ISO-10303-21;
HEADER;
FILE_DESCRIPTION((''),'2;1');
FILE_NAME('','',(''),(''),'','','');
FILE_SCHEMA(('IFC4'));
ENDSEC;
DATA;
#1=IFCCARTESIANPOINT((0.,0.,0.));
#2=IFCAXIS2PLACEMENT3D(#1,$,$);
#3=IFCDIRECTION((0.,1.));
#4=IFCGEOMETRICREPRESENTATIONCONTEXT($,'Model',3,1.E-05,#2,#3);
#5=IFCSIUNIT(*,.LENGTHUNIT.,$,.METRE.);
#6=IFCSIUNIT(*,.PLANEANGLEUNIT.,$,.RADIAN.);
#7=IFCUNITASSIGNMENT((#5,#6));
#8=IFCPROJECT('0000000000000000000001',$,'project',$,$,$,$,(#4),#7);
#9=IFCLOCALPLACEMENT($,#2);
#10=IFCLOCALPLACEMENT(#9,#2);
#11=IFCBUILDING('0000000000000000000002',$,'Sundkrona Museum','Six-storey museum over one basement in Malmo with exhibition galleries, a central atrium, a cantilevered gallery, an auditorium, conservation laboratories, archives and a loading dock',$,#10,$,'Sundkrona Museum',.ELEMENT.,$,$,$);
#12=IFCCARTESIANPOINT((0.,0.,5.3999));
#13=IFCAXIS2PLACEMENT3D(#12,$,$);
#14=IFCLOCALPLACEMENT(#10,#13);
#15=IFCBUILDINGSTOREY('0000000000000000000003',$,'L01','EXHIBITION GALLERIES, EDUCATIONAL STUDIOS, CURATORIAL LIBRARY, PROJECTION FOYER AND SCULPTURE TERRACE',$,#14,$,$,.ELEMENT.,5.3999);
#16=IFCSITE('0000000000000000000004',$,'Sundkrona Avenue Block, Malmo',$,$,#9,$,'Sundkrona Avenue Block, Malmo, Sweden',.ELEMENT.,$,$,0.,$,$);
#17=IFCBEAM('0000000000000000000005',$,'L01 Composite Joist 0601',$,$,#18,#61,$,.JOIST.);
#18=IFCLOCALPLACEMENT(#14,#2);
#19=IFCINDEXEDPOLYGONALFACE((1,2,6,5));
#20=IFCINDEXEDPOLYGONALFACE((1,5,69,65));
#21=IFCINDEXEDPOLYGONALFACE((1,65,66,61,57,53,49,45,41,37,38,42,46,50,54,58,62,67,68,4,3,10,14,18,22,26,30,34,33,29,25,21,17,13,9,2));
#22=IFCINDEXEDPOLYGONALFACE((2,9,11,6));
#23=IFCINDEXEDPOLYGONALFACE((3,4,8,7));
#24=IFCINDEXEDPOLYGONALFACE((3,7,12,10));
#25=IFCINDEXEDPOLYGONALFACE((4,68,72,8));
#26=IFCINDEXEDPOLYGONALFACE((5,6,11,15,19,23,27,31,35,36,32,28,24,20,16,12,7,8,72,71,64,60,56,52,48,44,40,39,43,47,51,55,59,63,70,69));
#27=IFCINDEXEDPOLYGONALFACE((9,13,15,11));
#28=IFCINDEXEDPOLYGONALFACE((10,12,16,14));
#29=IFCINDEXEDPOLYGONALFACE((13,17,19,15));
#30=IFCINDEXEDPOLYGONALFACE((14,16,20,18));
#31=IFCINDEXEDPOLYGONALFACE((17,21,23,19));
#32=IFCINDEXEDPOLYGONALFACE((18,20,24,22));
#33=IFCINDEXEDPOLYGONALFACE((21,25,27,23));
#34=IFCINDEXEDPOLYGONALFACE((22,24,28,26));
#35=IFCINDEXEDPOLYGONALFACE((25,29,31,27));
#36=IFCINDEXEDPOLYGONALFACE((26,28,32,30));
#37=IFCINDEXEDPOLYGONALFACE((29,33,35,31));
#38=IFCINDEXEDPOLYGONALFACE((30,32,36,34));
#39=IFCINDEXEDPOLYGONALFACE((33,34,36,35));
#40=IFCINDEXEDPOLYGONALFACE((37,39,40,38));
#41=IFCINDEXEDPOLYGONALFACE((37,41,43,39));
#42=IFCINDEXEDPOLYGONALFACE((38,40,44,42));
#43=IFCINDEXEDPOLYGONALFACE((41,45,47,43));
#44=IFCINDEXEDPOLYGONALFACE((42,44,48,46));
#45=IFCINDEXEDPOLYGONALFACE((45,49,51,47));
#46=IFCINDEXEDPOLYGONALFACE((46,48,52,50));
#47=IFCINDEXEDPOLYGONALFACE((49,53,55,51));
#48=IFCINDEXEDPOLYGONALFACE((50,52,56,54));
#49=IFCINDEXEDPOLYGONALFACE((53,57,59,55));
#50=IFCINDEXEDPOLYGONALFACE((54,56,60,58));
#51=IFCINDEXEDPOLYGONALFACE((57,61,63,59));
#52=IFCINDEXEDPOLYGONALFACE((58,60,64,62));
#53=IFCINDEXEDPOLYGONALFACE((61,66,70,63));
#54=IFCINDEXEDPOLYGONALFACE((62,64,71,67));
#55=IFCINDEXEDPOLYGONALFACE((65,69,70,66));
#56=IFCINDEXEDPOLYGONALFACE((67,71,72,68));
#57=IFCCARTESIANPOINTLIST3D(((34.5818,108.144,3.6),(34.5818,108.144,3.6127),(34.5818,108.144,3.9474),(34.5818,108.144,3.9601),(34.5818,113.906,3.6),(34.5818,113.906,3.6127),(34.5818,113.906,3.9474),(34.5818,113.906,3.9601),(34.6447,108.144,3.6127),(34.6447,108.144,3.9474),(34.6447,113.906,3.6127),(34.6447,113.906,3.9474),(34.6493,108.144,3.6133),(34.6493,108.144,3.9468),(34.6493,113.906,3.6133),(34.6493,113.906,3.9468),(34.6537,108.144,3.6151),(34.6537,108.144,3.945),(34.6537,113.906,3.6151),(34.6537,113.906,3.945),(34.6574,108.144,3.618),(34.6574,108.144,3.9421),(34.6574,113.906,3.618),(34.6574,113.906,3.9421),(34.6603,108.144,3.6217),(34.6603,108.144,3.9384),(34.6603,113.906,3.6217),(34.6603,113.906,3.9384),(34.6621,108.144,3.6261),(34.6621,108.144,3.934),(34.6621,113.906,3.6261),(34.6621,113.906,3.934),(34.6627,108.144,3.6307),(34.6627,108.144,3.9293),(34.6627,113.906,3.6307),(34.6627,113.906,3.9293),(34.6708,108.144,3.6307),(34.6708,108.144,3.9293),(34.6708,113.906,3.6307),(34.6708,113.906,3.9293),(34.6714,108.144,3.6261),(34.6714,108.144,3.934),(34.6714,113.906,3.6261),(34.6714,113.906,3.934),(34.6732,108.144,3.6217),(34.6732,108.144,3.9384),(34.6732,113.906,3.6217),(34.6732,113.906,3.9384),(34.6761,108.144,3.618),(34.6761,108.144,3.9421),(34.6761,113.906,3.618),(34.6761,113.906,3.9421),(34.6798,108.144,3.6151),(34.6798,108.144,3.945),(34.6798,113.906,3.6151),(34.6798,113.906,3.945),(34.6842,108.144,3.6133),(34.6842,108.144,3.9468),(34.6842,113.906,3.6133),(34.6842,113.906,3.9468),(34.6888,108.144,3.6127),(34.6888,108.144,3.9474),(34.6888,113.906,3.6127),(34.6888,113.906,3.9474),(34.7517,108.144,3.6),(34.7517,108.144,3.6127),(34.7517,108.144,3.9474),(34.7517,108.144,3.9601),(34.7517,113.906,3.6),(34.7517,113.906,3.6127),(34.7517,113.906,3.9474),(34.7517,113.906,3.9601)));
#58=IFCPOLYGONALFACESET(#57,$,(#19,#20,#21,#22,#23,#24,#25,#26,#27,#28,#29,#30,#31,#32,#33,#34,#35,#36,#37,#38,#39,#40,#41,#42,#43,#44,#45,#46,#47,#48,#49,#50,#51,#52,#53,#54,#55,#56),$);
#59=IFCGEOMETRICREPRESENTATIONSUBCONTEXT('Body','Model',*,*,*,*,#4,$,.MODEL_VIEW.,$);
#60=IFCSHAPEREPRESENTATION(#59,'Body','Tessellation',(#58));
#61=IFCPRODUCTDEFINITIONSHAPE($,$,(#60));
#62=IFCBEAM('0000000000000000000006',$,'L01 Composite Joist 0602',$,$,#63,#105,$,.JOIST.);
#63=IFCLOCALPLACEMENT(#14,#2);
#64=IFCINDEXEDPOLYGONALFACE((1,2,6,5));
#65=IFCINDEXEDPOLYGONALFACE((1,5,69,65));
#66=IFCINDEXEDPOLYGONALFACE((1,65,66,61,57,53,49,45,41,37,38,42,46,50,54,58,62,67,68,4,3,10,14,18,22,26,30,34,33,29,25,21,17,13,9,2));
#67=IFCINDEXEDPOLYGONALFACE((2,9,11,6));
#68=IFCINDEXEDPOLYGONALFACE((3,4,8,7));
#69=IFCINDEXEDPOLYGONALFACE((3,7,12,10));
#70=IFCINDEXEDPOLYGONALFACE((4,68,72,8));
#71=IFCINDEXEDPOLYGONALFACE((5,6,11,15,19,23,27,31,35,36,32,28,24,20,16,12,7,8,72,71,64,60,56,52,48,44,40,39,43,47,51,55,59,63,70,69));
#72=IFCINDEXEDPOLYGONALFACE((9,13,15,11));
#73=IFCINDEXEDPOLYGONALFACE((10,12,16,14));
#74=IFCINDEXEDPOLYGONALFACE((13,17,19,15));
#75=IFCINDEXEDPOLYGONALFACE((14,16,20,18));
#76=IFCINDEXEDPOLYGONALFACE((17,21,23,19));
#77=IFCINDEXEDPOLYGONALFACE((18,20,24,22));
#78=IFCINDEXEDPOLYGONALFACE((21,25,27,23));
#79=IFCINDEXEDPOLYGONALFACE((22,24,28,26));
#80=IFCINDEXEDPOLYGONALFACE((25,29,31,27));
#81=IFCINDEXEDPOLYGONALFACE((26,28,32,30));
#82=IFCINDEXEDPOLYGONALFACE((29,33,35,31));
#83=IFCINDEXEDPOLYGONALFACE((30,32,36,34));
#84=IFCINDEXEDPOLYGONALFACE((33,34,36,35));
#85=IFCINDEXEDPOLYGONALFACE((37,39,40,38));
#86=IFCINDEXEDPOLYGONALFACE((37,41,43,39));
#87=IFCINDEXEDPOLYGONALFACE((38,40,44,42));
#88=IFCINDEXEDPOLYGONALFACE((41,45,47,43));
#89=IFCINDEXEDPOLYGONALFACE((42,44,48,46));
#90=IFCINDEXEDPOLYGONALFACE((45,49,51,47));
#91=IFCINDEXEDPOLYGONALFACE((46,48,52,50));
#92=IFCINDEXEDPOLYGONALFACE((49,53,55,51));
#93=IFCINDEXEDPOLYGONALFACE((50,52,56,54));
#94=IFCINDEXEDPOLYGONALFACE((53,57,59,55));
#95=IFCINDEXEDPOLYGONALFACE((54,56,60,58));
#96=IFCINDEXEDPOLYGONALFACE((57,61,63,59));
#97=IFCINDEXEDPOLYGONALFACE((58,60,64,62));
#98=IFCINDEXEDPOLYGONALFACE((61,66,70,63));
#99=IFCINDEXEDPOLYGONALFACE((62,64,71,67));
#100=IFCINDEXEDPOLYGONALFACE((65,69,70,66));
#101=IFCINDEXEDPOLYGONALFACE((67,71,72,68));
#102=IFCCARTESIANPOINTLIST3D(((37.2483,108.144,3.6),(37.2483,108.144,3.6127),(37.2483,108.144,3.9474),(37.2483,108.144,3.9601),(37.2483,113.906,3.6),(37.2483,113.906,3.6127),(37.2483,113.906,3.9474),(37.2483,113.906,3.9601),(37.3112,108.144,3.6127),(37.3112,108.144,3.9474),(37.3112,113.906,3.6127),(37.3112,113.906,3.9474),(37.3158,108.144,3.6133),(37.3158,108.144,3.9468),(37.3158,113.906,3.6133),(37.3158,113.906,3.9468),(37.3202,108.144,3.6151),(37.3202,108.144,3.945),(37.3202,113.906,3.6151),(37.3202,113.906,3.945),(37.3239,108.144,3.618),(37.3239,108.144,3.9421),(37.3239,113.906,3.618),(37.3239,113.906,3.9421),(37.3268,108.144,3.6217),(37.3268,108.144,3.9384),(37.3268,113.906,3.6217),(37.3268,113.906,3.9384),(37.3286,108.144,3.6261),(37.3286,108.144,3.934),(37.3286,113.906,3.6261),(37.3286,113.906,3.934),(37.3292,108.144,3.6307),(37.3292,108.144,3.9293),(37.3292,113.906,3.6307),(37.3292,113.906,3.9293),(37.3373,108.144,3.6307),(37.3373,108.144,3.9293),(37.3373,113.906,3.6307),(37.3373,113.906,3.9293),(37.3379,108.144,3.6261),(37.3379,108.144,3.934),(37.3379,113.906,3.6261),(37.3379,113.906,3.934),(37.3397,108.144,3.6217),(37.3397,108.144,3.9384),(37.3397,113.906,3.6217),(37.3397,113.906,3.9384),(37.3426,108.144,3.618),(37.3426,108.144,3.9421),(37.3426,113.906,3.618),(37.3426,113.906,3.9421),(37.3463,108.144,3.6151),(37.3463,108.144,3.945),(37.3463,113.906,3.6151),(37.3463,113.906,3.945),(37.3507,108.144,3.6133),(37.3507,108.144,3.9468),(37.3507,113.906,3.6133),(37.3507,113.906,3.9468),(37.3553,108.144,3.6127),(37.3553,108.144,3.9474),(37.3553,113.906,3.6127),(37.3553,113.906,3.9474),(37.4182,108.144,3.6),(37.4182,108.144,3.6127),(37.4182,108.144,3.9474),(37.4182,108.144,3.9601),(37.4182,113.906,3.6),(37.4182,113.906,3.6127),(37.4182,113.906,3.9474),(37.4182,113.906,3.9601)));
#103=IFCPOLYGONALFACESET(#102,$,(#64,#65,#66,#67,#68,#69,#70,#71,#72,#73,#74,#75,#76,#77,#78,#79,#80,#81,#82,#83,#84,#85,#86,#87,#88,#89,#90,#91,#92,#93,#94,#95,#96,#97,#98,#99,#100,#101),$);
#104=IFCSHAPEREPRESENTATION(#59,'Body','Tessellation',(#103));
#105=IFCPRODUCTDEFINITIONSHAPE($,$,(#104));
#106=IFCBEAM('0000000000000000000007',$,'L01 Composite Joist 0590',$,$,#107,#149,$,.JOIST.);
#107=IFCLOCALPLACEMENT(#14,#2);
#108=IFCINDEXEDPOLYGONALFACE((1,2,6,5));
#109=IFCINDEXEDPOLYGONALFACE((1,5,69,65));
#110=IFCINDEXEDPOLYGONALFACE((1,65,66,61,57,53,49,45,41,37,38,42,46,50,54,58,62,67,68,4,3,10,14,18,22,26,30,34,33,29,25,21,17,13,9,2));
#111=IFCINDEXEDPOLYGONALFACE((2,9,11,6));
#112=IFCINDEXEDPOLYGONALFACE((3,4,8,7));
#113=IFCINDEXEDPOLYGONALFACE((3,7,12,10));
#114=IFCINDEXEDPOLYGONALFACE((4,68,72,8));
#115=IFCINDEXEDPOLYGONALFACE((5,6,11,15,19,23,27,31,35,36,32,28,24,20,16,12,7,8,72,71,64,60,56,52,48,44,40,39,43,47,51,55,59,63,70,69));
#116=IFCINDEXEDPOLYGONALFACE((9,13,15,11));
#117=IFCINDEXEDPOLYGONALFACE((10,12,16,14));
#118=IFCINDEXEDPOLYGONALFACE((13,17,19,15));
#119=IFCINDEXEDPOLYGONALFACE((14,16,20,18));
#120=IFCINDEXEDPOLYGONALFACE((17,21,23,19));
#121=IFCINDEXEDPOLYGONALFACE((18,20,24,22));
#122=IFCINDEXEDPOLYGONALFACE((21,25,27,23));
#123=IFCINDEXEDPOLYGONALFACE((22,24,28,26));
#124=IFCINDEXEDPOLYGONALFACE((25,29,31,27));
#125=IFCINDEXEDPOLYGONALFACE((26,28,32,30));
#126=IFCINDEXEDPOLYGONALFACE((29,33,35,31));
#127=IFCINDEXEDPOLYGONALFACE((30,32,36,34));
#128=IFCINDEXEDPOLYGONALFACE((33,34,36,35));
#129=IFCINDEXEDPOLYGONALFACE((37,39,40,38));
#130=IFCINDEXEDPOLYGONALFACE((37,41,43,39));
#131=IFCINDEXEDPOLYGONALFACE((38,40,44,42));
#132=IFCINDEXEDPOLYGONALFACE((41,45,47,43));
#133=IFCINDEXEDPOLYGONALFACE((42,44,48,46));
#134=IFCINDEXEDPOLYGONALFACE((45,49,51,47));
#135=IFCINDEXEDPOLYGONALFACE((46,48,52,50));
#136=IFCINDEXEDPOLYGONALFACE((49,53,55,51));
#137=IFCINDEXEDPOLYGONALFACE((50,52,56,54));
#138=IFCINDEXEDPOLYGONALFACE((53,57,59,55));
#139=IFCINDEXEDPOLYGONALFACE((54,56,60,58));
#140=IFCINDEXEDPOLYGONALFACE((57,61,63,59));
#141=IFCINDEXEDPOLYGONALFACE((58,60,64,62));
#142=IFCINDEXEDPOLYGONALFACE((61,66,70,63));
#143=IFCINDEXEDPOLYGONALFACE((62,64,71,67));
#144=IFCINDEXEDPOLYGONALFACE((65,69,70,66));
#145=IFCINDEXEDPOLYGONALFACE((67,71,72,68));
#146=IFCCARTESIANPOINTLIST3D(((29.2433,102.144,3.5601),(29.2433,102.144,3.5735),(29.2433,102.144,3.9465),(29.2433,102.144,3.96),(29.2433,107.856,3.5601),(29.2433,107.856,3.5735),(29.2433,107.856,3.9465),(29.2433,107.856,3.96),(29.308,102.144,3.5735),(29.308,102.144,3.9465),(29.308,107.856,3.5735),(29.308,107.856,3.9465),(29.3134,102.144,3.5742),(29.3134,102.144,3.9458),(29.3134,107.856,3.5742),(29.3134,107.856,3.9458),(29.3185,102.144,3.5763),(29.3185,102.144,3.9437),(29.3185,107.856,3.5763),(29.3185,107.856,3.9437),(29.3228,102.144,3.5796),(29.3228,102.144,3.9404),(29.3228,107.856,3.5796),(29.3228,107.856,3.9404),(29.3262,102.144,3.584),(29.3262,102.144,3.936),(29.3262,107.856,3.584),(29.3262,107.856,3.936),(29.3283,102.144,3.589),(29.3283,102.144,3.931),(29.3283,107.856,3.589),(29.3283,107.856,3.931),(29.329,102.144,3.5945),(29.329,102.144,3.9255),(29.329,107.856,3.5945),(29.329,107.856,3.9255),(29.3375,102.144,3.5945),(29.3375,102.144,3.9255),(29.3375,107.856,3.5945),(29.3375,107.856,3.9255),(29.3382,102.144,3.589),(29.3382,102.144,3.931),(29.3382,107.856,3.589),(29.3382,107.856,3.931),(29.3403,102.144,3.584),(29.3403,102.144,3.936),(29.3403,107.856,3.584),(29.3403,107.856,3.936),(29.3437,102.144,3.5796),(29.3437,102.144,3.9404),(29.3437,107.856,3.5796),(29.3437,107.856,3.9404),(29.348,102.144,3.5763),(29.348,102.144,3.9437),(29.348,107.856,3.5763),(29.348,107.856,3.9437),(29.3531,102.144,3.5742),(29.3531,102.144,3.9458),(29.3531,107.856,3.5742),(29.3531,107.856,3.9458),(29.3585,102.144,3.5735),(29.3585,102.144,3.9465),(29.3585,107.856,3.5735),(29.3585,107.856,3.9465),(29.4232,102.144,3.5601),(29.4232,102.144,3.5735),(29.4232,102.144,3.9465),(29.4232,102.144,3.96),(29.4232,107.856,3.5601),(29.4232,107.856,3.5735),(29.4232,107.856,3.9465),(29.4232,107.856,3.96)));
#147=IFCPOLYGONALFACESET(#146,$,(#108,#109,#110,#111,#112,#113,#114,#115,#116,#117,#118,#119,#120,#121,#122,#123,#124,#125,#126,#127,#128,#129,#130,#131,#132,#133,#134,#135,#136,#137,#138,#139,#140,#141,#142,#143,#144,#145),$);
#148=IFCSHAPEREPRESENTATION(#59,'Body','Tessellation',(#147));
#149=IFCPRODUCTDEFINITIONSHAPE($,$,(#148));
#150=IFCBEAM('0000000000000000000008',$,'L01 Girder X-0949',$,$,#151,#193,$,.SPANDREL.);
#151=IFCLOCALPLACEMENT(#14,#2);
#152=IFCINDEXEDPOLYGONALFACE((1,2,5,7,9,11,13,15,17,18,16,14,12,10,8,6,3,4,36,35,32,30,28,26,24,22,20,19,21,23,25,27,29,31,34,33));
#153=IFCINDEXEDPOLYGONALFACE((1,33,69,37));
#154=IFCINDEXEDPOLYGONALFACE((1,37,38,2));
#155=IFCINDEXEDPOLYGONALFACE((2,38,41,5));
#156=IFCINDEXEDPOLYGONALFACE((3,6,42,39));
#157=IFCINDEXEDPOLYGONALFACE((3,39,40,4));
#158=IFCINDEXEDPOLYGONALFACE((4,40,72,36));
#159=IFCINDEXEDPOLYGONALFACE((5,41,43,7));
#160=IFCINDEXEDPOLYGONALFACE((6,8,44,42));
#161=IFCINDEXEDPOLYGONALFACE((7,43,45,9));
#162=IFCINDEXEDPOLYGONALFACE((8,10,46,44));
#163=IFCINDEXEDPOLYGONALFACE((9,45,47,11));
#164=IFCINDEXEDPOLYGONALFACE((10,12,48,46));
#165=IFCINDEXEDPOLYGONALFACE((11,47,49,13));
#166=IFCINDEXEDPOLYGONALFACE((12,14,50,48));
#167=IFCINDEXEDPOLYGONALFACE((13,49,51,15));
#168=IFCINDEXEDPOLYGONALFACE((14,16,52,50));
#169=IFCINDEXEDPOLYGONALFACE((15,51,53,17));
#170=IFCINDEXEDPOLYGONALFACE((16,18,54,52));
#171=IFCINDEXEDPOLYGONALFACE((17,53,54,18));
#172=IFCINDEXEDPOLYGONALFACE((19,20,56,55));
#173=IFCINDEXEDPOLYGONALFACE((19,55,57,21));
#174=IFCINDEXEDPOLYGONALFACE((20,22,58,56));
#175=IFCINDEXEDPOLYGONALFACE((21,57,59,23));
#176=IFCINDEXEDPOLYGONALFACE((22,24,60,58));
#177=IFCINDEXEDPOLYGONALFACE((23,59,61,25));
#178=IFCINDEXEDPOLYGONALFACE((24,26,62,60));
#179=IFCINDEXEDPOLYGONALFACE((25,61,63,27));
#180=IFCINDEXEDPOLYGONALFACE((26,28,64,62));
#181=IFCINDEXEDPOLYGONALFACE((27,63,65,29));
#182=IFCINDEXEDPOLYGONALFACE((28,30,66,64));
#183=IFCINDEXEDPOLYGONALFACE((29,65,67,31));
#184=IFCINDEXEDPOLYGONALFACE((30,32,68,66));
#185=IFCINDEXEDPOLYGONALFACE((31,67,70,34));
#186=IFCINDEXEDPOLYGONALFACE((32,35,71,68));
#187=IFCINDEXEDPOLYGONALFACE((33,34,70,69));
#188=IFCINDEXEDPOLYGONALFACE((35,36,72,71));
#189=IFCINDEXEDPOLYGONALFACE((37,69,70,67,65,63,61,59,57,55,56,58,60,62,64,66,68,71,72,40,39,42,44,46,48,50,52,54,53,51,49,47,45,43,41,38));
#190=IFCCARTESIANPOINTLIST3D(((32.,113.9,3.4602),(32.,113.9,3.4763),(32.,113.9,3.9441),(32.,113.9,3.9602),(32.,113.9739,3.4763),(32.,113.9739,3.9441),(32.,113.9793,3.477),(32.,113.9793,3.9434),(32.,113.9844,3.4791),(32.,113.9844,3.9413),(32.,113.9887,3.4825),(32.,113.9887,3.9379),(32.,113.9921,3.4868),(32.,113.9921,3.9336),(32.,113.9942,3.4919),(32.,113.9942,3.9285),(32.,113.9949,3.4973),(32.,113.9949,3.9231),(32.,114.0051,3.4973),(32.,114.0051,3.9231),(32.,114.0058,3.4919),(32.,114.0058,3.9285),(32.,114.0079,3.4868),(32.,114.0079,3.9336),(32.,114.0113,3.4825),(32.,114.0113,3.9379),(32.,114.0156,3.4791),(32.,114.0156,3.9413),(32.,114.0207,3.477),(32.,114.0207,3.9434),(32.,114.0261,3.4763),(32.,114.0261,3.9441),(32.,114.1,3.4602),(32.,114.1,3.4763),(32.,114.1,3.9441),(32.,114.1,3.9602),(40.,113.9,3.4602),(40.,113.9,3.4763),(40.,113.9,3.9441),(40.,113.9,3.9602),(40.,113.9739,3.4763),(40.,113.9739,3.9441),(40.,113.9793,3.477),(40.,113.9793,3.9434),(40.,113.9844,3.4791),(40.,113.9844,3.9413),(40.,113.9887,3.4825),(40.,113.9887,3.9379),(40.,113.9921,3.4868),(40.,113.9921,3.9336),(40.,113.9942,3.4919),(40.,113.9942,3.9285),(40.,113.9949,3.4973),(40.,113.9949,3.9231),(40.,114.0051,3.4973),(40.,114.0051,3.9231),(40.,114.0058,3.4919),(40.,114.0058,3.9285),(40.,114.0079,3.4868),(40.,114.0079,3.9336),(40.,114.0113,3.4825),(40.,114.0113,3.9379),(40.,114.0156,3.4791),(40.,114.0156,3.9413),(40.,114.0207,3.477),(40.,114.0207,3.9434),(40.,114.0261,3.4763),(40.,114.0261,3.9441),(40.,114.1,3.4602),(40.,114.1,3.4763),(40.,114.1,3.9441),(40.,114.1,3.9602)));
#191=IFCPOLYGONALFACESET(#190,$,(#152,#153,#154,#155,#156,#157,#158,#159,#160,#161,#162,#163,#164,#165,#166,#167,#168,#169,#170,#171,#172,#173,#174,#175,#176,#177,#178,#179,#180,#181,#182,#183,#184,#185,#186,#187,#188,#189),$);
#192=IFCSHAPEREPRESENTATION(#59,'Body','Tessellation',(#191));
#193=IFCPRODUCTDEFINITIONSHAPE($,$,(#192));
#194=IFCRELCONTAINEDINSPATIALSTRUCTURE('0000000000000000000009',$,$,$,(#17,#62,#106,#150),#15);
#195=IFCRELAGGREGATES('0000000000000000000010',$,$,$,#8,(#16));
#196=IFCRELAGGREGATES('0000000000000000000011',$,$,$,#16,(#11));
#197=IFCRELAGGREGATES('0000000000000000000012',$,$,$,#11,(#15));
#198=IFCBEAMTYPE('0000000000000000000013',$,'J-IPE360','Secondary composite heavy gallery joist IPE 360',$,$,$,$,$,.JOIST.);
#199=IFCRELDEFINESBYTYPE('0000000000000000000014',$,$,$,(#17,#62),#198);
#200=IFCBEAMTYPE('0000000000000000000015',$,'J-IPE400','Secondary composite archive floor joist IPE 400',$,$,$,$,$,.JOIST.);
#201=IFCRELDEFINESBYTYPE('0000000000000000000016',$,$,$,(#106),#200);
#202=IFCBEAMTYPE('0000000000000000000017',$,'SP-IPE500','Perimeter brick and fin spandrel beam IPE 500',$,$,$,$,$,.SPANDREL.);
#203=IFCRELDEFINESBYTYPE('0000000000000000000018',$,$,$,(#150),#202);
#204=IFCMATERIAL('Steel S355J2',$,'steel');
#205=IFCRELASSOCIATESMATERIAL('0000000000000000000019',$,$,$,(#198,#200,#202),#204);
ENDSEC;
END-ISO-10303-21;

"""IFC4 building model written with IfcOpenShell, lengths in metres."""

from ifc_helpers import new_model, si_unit, direction, frame, origin, origin_2d, place, context, subcontext, project, spatial, i_section, extrude, material, material_profile, profile_set, type_object, element, save


model = new_model("IFC4")

# Units and contexts
model_context = context("Model", 3, precision=1e-05, world=origin(), true_north=direction((0.0, 1.0)))
body_context = subcontext(model_context, "Body", "Model", "MODEL_VIEW")
ifc_project = project(units=[si_unit("LENGTHUNIT", "METRE"), si_unit("PLANEANGLEUNIT", "RADIAN")], contexts=[model_context])

# Site, building, storey
site_placement = place(None, origin())
site = spatial("IfcSite", under=ifc_project, at=site_placement, Name="Sundkrona Avenue Block, Malmo", LongName="Sundkrona Avenue Block, Malmo, Sweden", CompositionType="ELEMENT", RefElevation=0.0)
building_placement = place(site_placement, origin())
building = spatial("IfcBuilding", under=site, at=building_placement, Name="Sundkrona Museum", Description="Six-storey museum over one basement in Malmo with exhibition galleries, a central atrium, a cantilevered gallery, an auditorium, conservation laboratories, archives and a loading dock", LongName="Sundkrona Museum", CompositionType="ELEMENT")
storey_placement = place(building_placement, frame((0.0, 0.0, 5.3999)))
storey = spatial("IfcBuildingStorey", under=building, at=storey_placement, Name="L01", Description="EXHIBITION GALLERIES, EDUCATIONAL STUDIOS, CURATORIAL LIBRARY, PROJECTION FOYER AND SCULPTURE TERRACE", CompositionType="ELEMENT", Elevation=5.3999)

# Shared definitions
ifc_material_1 = material(Name="Steel S355J2", Category="steel")

# Beams
ifc_material_profile_1 = material_profile(ifc_material_1, i_section(OverallWidth=0.1699, OverallDepth=0.3601, WebThickness=0.0081, FlangeThickness=0.0127, FilletRadius=0.0181, at=origin_2d()), Name="IPE 360")
ifc_profile_set_1 = profile_set([ifc_material_profile_1], Name="Steel S355J2")
beam_type_1 = type_object("IfcBeamType", Name="J-IPE360", Description="Secondary composite heavy gallery joist IPE 360", PredefinedType="JOIST", material=ifc_profile_set_1)
for number, where, z_axis, x_axis, name in (
    (1, (34.6667, 108.144, 3.78), (0.0, 1.0, 0.0), (-1.0, 0.0, 0.0), "L01 Composite Joist 0601"),
    (2, (37.3333, 108.144, 3.78), (0.0, 1.0, 0.0), (-1.0, 0.0, 0.0), "L01 Composite Joist 0602"),
):
    element("IfcBeam", number, at=place(storey_placement, frame(where, z_axis=z_axis, x_axis=x_axis)), inside=storey, type_object=beam_type_1, Name=name, PredefinedType="JOIST", context=body_context, shape_type="SweptSolid", body=[
        extrude(i_section(OverallWidth=0.1699, OverallDepth=0.3601, WebThickness=0.0081, FlangeThickness=0.0127, FilletRadius=0.0181, at=origin_2d()), origin(), (0.0, 0.0, 1.0), 5.762),
    ])
ifc_material_profile_2 = material_profile(ifc_material_1, i_section(OverallWidth=0.1799, OverallDepth=0.3999, WebThickness=0.0085, FlangeThickness=0.0134, FilletRadius=0.021, at=origin_2d()), Name="IPE 400")
ifc_profile_set_2 = profile_set([ifc_material_profile_2], Name="Steel S355J2")
beam_type_2 = type_object("IfcBeamType", Name="J-IPE400", Description="Secondary composite archive floor joist IPE 400", PredefinedType="JOIST", material=ifc_profile_set_2)
beam_1_placement = place(storey_placement, frame((29.3333, 102.144, 3.76), z_axis=(0.0, 1.0, 0.0), x_axis=(-1.0, 0.0, 0.0)))
element("IfcBeam", 3, at=beam_1_placement, inside=storey, type_object=beam_type_2, Name="L01 Composite Joist 0590", PredefinedType="JOIST", context=body_context, shape_type="SweptSolid", body=[
    extrude(i_section(OverallWidth=0.1799, OverallDepth=0.3999, WebThickness=0.0085, FlangeThickness=0.0134, FilletRadius=0.021, at=origin_2d()), origin(), (0.0, 0.0, 1.0), 5.7119),
])
ifc_material_profile_3 = material_profile(ifc_material_1, i_section(OverallWidth=0.2, OverallDepth=0.5, WebThickness=0.0103, FlangeThickness=0.0161, FilletRadius=0.021, at=origin_2d()), Name="IPE 500")
ifc_profile_set_3 = profile_set([ifc_material_profile_3], Name="Steel S355J2")
beam_type_3 = type_object("IfcBeamType", Name="SP-IPE500", Description="Perimeter brick and fin spandrel beam IPE 500", PredefinedType="SPANDREL", material=ifc_profile_set_3)
beam_2_placement = place(storey_placement, frame((32.0, 114.0, 3.7102), z_axis=(1.0, 0.0, 0.0), x_axis=(0.0, 1.0, 0.0)))
element("IfcBeam", 4, at=beam_2_placement, inside=storey, type_object=beam_type_3, Name="L01 Girder X-0949", PredefinedType="SPANDREL", context=body_context, shape_type="SweptSolid", body=[
    extrude(i_section(OverallWidth=0.2, OverallDepth=0.5, WebThickness=0.0103, FlangeThickness=0.0161, FilletRadius=0.021, at=origin_2d()), origin(), (0.0, 0.0, 1.0), 8.0),
])

save(model, "model.ifc")
